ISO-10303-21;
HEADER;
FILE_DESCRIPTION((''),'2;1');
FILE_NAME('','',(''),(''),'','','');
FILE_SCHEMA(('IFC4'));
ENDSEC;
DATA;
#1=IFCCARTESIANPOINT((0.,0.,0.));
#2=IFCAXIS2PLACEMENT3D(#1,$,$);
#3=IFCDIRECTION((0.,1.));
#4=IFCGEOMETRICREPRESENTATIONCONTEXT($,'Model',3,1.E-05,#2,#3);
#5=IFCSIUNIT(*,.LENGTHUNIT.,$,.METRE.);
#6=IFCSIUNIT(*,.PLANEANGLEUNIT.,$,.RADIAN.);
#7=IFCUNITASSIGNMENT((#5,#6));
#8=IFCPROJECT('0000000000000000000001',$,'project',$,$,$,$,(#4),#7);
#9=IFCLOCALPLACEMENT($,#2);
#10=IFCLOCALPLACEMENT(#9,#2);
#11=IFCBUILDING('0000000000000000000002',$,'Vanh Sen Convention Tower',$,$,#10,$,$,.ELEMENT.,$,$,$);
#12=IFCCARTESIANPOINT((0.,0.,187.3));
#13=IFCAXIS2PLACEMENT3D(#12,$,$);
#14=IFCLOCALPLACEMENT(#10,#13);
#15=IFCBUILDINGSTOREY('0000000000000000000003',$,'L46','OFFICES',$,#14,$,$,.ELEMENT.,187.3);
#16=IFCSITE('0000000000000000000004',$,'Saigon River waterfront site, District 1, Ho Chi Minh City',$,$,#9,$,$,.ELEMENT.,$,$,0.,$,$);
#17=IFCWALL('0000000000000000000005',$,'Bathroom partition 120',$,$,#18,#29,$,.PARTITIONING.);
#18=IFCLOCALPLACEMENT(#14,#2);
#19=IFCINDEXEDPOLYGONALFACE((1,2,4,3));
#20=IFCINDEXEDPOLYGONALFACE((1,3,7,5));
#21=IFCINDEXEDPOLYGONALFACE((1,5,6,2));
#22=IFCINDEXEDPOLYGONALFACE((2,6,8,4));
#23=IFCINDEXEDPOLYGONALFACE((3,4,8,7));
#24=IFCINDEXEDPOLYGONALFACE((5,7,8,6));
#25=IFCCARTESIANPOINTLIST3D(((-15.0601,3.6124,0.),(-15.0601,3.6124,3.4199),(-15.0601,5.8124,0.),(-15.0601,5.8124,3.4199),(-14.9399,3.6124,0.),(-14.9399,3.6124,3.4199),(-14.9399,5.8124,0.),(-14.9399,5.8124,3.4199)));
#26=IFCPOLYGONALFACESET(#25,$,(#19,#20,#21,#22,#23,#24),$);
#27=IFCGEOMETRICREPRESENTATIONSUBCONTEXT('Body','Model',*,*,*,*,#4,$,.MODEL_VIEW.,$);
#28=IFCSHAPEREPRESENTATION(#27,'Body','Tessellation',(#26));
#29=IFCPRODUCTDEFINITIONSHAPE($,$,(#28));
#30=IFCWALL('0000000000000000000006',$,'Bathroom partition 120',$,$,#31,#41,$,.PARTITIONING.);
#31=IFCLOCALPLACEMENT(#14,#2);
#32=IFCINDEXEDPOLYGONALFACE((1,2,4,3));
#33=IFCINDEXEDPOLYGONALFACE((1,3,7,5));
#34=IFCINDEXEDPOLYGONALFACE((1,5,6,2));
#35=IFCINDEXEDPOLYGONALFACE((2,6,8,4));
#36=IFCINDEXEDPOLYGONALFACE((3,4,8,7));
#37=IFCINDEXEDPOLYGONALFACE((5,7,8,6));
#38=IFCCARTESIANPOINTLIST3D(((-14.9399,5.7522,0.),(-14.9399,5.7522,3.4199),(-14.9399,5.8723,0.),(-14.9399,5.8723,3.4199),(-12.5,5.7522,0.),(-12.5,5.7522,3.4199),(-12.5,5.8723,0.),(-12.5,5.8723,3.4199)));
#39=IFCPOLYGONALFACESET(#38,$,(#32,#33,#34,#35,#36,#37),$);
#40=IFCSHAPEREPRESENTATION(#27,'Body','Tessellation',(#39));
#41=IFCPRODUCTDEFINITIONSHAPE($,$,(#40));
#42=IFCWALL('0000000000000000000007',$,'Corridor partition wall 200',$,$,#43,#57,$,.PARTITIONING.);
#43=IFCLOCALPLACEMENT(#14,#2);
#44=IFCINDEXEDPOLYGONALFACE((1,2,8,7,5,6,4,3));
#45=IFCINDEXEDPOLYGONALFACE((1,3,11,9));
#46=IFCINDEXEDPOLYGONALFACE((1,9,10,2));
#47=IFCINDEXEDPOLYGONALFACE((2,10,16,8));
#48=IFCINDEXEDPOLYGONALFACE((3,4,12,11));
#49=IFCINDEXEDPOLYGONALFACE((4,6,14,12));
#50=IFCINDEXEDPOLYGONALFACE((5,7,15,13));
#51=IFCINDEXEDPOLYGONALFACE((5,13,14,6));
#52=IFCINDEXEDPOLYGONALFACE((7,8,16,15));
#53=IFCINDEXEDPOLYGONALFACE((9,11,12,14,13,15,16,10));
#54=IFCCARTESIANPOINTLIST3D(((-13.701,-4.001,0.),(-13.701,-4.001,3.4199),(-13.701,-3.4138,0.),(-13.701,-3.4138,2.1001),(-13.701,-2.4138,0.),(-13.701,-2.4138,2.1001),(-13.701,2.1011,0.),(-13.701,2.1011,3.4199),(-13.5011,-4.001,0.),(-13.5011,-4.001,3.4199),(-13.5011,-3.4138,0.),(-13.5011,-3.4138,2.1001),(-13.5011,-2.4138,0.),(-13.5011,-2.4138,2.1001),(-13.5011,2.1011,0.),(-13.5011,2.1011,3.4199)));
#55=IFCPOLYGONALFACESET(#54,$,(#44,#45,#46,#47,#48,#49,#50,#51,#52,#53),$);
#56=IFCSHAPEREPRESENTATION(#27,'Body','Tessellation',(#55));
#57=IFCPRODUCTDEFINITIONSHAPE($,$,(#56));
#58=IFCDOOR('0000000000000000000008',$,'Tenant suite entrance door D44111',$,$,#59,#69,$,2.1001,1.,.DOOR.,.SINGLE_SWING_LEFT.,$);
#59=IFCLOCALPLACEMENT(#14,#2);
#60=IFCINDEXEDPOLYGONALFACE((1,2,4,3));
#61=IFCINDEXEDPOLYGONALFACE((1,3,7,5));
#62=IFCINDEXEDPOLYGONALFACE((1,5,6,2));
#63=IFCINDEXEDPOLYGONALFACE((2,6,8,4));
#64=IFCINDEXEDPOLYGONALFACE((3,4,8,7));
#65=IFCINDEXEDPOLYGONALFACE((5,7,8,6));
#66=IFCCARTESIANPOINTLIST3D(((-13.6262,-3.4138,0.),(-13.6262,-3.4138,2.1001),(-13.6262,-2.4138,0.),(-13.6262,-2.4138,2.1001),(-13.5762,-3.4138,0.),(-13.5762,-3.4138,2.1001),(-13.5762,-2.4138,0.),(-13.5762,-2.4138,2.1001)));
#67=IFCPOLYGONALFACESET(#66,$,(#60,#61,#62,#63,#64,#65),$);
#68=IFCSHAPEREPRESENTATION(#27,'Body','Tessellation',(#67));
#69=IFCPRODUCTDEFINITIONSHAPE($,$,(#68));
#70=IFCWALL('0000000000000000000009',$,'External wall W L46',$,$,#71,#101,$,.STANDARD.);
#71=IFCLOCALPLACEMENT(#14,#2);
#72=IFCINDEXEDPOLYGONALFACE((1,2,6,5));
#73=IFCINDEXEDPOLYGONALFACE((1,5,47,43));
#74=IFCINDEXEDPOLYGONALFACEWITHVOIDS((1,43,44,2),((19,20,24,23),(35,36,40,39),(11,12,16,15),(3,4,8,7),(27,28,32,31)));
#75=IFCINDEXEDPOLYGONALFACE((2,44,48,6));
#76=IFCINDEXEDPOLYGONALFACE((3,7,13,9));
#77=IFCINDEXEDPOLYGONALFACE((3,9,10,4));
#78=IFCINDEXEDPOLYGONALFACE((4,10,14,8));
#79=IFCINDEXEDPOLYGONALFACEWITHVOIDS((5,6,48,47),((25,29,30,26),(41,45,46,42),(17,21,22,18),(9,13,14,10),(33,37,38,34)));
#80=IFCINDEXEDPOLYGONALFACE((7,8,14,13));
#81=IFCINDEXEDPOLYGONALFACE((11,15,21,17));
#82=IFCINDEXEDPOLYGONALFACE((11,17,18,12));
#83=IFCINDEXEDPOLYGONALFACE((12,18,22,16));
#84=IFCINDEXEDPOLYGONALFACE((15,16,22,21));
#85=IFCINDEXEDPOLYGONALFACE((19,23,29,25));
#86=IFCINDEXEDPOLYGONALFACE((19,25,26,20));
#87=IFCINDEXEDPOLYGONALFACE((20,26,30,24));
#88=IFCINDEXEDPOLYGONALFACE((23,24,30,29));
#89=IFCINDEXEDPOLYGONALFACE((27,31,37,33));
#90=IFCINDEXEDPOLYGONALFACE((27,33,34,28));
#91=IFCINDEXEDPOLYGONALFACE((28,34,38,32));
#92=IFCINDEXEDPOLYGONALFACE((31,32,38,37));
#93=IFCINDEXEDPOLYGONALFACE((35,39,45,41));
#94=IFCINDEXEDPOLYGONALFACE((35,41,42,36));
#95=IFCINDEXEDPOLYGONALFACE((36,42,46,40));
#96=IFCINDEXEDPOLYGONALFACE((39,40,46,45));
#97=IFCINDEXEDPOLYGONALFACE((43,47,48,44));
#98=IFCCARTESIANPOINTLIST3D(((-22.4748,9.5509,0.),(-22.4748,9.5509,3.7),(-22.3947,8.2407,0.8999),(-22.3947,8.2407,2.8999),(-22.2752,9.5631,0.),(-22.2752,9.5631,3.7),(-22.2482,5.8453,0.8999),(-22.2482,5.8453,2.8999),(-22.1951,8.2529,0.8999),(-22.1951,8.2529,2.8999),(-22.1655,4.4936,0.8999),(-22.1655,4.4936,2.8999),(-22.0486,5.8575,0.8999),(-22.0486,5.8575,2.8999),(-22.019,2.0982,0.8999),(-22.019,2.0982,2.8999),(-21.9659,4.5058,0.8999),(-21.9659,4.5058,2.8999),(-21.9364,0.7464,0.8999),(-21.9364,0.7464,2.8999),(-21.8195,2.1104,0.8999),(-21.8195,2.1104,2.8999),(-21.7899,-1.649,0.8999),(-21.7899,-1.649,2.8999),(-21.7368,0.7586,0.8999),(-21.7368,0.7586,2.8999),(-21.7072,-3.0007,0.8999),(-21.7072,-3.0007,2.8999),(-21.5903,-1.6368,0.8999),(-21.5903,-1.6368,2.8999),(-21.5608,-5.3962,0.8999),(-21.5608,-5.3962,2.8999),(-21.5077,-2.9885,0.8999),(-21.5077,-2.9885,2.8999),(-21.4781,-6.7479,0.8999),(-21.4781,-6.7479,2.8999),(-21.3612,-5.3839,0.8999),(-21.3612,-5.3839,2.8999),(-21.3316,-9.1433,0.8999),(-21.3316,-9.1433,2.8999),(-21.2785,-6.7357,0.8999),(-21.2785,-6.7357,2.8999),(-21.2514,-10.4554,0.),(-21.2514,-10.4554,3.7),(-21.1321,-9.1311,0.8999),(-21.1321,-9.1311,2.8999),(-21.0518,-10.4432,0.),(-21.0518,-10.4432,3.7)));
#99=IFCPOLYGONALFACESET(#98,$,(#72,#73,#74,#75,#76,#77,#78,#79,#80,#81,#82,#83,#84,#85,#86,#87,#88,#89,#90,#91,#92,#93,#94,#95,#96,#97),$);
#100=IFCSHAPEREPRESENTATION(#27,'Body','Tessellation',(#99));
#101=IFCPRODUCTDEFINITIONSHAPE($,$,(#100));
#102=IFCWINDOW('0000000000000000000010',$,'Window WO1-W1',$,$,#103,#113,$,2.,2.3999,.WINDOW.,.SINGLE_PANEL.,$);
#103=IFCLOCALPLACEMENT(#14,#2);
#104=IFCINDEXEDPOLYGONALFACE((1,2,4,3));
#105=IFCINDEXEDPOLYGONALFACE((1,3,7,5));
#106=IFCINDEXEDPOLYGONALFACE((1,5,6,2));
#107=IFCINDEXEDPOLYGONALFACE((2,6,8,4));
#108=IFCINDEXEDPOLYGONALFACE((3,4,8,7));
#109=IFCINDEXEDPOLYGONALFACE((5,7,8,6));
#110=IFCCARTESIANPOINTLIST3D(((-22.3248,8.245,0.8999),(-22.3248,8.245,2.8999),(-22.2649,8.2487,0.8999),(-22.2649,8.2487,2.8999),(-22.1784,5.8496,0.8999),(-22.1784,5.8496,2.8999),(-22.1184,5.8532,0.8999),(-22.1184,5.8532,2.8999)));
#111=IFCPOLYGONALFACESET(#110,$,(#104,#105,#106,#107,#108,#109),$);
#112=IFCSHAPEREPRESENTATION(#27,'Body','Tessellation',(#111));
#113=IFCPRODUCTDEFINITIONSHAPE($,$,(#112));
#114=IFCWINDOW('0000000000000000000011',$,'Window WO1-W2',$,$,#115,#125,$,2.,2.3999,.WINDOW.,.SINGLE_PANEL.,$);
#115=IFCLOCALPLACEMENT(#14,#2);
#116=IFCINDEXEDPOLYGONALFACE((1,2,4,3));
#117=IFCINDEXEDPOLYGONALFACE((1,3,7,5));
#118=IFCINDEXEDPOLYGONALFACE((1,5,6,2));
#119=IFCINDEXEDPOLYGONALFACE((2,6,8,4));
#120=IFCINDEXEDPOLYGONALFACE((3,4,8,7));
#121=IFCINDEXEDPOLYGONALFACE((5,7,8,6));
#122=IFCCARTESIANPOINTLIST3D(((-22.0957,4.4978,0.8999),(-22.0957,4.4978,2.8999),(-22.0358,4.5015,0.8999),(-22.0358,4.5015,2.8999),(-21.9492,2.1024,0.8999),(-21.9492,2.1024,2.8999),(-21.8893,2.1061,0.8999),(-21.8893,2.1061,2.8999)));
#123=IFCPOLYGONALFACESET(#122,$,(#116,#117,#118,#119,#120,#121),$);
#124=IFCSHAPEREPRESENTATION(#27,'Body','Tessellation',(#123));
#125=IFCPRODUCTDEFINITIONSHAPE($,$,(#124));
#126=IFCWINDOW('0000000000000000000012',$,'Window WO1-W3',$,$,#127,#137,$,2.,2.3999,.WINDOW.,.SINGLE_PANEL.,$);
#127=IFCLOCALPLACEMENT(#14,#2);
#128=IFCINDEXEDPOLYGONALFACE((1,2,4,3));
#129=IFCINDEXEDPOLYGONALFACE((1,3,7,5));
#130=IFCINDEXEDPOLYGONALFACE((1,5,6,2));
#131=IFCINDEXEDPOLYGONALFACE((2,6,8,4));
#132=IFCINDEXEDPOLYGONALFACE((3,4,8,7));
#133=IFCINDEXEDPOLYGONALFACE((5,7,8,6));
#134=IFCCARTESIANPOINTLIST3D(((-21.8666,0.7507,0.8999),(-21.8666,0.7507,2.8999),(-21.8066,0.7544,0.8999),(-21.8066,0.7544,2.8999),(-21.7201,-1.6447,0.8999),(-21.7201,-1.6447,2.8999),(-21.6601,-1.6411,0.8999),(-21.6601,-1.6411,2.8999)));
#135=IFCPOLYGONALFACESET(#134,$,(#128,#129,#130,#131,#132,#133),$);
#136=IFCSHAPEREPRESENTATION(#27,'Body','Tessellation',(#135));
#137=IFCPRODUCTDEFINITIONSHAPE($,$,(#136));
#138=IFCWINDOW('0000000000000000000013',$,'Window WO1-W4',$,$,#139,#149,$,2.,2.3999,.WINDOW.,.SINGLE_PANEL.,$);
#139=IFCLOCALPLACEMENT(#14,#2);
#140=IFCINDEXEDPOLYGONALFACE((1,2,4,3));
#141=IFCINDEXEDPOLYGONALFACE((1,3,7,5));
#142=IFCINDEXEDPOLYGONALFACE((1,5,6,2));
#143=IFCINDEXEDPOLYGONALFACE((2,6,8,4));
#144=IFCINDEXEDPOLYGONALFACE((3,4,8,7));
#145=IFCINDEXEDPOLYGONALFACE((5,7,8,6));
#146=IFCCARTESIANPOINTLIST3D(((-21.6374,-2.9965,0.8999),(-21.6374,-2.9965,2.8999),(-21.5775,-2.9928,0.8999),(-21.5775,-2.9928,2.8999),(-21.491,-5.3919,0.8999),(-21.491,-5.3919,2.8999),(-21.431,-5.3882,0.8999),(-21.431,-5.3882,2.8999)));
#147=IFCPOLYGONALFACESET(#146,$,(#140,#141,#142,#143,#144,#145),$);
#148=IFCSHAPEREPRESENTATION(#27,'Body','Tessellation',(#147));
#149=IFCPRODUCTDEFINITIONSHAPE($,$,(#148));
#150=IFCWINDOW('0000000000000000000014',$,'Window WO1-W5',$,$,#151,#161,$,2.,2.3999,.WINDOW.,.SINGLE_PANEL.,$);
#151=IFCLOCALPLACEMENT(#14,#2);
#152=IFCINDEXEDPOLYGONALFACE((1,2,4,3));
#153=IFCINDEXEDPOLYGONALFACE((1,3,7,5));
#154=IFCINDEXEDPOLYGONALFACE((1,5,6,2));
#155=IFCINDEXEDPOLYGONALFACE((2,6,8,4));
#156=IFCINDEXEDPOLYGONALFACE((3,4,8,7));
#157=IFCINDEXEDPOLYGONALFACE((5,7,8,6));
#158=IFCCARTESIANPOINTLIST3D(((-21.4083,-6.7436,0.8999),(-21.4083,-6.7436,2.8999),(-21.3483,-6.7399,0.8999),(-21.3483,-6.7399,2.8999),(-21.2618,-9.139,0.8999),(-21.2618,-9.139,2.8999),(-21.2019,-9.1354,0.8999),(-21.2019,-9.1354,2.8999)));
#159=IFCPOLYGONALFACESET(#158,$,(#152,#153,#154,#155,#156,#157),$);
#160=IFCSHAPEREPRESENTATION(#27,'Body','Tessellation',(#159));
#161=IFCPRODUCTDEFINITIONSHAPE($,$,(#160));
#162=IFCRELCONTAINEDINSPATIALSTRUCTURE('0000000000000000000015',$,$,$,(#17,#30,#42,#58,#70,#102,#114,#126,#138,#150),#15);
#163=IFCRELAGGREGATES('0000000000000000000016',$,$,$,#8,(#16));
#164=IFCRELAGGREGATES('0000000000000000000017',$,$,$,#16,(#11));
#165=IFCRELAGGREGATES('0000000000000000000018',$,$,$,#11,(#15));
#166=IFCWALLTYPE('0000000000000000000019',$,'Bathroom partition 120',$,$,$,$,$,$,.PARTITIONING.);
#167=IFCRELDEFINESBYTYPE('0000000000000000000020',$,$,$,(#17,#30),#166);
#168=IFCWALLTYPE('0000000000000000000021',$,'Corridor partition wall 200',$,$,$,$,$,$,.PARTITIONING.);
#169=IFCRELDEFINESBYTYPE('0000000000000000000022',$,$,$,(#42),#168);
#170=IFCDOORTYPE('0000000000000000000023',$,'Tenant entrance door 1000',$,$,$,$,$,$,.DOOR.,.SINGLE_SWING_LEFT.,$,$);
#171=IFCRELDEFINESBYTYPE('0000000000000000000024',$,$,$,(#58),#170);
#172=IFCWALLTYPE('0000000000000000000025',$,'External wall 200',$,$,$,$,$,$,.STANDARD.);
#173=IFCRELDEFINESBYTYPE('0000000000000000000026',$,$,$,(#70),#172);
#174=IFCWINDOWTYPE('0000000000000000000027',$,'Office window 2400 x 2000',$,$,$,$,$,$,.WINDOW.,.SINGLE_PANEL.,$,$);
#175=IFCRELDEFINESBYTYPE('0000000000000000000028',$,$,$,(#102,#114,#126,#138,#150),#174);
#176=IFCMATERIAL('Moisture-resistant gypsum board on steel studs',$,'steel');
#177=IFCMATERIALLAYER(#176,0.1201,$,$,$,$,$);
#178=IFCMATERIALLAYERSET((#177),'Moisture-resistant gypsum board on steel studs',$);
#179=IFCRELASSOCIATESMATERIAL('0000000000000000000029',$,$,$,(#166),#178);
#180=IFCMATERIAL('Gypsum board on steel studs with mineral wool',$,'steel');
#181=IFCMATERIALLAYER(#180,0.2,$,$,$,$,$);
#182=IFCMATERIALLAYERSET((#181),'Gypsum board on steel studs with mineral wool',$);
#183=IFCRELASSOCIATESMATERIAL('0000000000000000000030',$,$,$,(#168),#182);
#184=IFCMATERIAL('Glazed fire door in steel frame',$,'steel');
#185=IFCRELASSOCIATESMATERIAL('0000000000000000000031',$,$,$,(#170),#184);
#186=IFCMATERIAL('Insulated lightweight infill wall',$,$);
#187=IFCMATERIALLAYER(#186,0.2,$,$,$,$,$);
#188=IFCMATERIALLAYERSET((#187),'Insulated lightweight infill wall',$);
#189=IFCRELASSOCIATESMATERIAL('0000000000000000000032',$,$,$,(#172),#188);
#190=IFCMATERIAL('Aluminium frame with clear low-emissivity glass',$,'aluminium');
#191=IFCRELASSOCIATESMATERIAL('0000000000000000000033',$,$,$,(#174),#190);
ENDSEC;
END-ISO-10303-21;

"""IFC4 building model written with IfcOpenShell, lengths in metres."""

from ifc_helpers import new_model, si_unit, direction, frame, frame_2d, origin, place, context, subcontext, project, spatial, rectangle, extrude, material, layer, layer_set, type_object, element, fill, save


model = new_model("IFC4")

# Units and contexts
model_context = context("Model", 3, precision=1e-05, world=origin(), true_north=direction((0.0, 1.0)))
body_context = subcontext(model_context, "Body", "Model", "MODEL_VIEW")
ifc_project = project(units=[si_unit("LENGTHUNIT", "METRE"), si_unit("PLANEANGLEUNIT", "RADIAN")], contexts=[model_context])

# Site, building, storey
site_placement = place(None, origin())
site = spatial("IfcSite", under=ifc_project, at=site_placement, Name="Saigon River waterfront site, District 1, Ho Chi Minh City", CompositionType="ELEMENT", RefElevation=0.0)
building_placement = place(site_placement, origin())
building = spatial("IfcBuilding", under=site, at=building_placement, Name="Vanh Sen Convention Tower", CompositionType="ELEMENT")
storey_placement = place(building_placement, frame((0.0, 0.0, 187.3)))
storey = spatial("IfcBuildingStorey", under=building, at=storey_placement, Name="L46", Description="OFFICES", CompositionType="ELEMENT", Elevation=187.3)

# Walls
ifc_material_1 = material(Name="Moisture-resistant gypsum board on steel studs", Category="steel")
ifc_layer_1 = layer(ifc_material_1, 0.1201)
ifc_layer_set_1 = layer_set([ifc_layer_1], Name="Moisture-resistant gypsum board on steel studs")
wall_type_1 = type_object("IfcWallType", Name="Bathroom partition 120", PredefinedType="PARTITIONING", material=ifc_layer_set_1)
wall_1_placement = place(storey_placement, frame((-15.0, 3.6123, 0.0), z_axis=(0.0, 0.0, 1.0), x_axis=(0.0, 1.0, 0.0)))
element("IfcWall", 1, at=wall_1_placement, inside=storey, type_object=wall_type_1, Name="Bathroom partition 120", PredefinedType="PARTITIONING", context=body_context, shape_type="SweptSolid", body=[
    extrude(rectangle(XDim=2.2, YDim=0.1201, at=frame_2d((1.1001, 0.0))), origin(), (0.0, 0.0, 1.0), 3.4199),
])
wall_2_placement = place(storey_placement, frame((-14.9399, 5.8123, 0.0), z_axis=(0.0, 0.0, 1.0), x_axis=(1.0, 0.0, 0.0)))
element("IfcWall", 2, at=wall_2_placement, inside=storey, type_object=wall_type_1, Name="Bathroom partition 120", PredefinedType="PARTITIONING", context=body_context, shape_type="SweptSolid", body=[
    extrude(rectangle(XDim=2.4399, YDim=0.1201, at=frame_2d((1.22, 0.0))), origin(), (0.0, 0.0, 1.0), 3.4199),
])

# Wall, opening, door
ifc_material_2 = material(Name="Gypsum board on steel studs with mineral wool", Category="steel")
ifc_layer_2 = layer(ifc_material_2, 0.2)
ifc_layer_set_2 = layer_set([ifc_layer_2], Name="Gypsum board on steel studs with mineral wool")
wall_type_2 = type_object("IfcWallType", Name="Corridor partition wall 200", PredefinedType="PARTITIONING", material=ifc_layer_set_2)
wall_3_placement = place(storey_placement, frame((-13.6011, 2.1011, 0.0), z_axis=(0.0, 0.0, 1.0), x_axis=(0.0, -1.0, 0.0)))
wall_3 = element("IfcWall", 3, at=wall_3_placement, inside=storey, type_object=wall_type_2, Name="Corridor partition wall 200", PredefinedType="PARTITIONING", context=body_context, shape_type="SweptSolid", body=[
    extrude(rectangle(XDim=6.1021, YDim=0.2, at=frame_2d((3.051, 0.0))), origin(), (0.0, 0.0, 1.0), 3.4199),
])
opening_1_placement = place(wall_3_placement, frame((4.5149, 0.0, 0.0)))
opening_1 = element("IfcOpeningElement", 4, at=opening_1_placement, cuts=wall_3, PredefinedType="OPENING", context=body_context, shape_type="SweptSolid", body=[
    extrude(rectangle(XDim=1.0, YDim=2.1001, at=frame_2d((0.5, 1.05))), frame((0.0, 0.1099, 0.0), z_axis=(0.0, -1.0, 0.0), x_axis=(1.0, 0.0, 0.0)), (0.0, 0.0, 1.0), 0.22),
])
ifc_material_3 = material(Name="Glazed fire door in steel frame", Category="steel")
door_type = type_object("IfcDoorType", Name="Tenant entrance door 1000", OperationType="SINGLE_SWING_LEFT", PredefinedType="DOOR", material=ifc_material_3)
door_placement = place(opening_1_placement, origin())
door = element("IfcDoor", 5, at=door_placement, inside=storey, type_object=door_type, Name="Tenant suite entrance door D44111", OperationType="SINGLE_SWING_LEFT", OverallHeight=2.1001, OverallWidth=1.0, PredefinedType="DOOR", context=body_context, shape_type="SweptSolid", body=[
    extrude(rectangle(XDim=1.0, YDim=2.1001, at=frame_2d((0.5, 1.05))), frame((0.0, 0.0249, 0.0), z_axis=(0.0, -1.0, 0.0), x_axis=(1.0, 0.0, 0.0)), (0.0, 0.0, 1.0), 0.05),
])
fill(opening_1, door)

# Wall, openings, windows
ifc_material_4 = material(Name="Insulated lightweight infill wall")
ifc_layer_3 = layer(ifc_material_4, 0.2)
ifc_layer_set_3 = layer_set([ifc_layer_3], Name="Insulated lightweight infill wall")
wall_type_3 = type_object("IfcWallType", Name="External wall 200", PredefinedType="STANDARD", material=ifc_layer_set_3)
wall_4_placement = place(storey_placement, frame((-22.375, 9.5571, 0.0), z_axis=(0.0, 0.0, 1.0), x_axis=(0.061036, -0.998136, 0.0)))
wall_4 = element("IfcWall", 6, at=wall_4_placement, inside=storey, type_object=wall_type_3, Name="External wall W L46", PredefinedType="STANDARD", context=body_context, shape_type="SweptSolid", body=[
    extrude(rectangle(XDim=20.0437, YDim=0.2, at=frame_2d((10.022, 0.0))), origin(), (0.0, 0.0, 1.0), 3.7),
])
opening_2_placement = place(wall_4_placement, frame((1.3127, 0.0, 0.8999)))
opening_2 = element("IfcOpeningElement", 7, at=opening_2_placement, cuts=wall_4, PredefinedType="OPENING", context=body_context, shape_type="SweptSolid", body=[
    extrude(rectangle(XDim=2.3999, YDim=2.0, at=frame_2d((1.2, 1.0))), frame((0.0, 0.1099, 0.0), z_axis=(0.0, -1.0, 0.0), x_axis=(1.0, 0.0, 0.0)), (0.0, 0.0, 1.0), 0.22),
])
opening_3_placement = place(wall_4_placement, frame((5.0669, 0.0, 0.8999)))
opening_3 = element("IfcOpeningElement", 8, at=opening_3_placement, cuts=wall_4, PredefinedType="OPENING", context=body_context, shape_type="SweptSolid", body=[
    extrude(rectangle(XDim=2.3999, YDim=2.0, at=frame_2d((1.2, 1.0))), frame((0.0, 0.1099, 0.0), z_axis=(0.0, -1.0, 0.0), x_axis=(1.0, 0.0, 0.0)), (0.0, 0.0, 1.0), 0.22),
])
opening_4_placement = place(wall_4_placement, frame((8.821, 0.0, 0.8999)))
opening_4 = element("IfcOpeningElement", 9, at=opening_4_placement, cuts=wall_4, PredefinedType="OPENING", context=body_context, shape_type="SweptSolid", body=[
    extrude(rectangle(XDim=2.3999, YDim=2.0, at=frame_2d((1.2, 1.0))), frame((0.0, 0.1099, 0.0), z_axis=(0.0, -1.0, 0.0), x_axis=(1.0, 0.0, 0.0)), (0.0, 0.0, 1.0), 0.22),
])
opening_5_placement = place(wall_4_placement, frame((12.5752, 0.0, 0.8999)))
opening_5 = element("IfcOpeningElement", 10, at=opening_5_placement, cuts=wall_4, PredefinedType="OPENING", context=body_context, shape_type="SweptSolid", body=[
    extrude(rectangle(XDim=2.3999, YDim=2.0, at=frame_2d((1.2, 1.0))), frame((0.0, 0.1099, 0.0), z_axis=(0.0, -1.0, 0.0), x_axis=(1.0, 0.0, 0.0)), (0.0, 0.0, 1.0), 0.22),
])
opening_6_placement = place(wall_4_placement, frame((16.3293, 0.0, 0.8999)))
opening_6 = element("IfcOpeningElement", 11, at=opening_6_placement, cuts=wall_4, PredefinedType="OPENING", context=body_context, shape_type="SweptSolid", body=[
    extrude(rectangle(XDim=2.3999, YDim=2.0, at=frame_2d((1.2, 1.0))), frame((0.0, 0.1099, 0.0), z_axis=(0.0, -1.0, 0.0), x_axis=(1.0, 0.0, 0.0)), (0.0, 0.0, 1.0), 0.22),
])
ifc_material_5 = material(Name="Aluminium frame with clear low-emissivity glass", Category="aluminium")
window_type = type_object("IfcWindowType", Name="Office window 2400 x 2000", PartitioningType="SINGLE_PANEL", PredefinedType="WINDOW", material=ifc_material_5)
window_1_placement = place(opening_2_placement, origin())
window_1 = element("IfcWindow", 12, at=window_1_placement, inside=storey, type_object=window_type, Name="Window WO1-W1", OverallHeight=2.0, OverallWidth=2.3999, PartitioningType="SINGLE_PANEL", PredefinedType="WINDOW", context=body_context, shape_type="SweptSolid", body=[
    extrude(rectangle(XDim=2.3999, YDim=2.0, at=frame_2d((1.2, 1.0))), frame((0.0, 0.03, 0.0), z_axis=(0.0, -1.0, 0.0), x_axis=(1.0, 0.0, 0.0)), (0.0, 0.0, 1.0), 0.0601),
])
fill(opening_2, window_1)
window_2_placement = place(opening_3_placement, origin())
window_2 = element("IfcWindow", 13, at=window_2_placement, inside=storey, type_object=window_type, Name="Window WO1-W2", OverallHeight=2.0, OverallWidth=2.3999, PartitioningType="SINGLE_PANEL", PredefinedType="WINDOW", context=body_context, shape_type="SweptSolid", body=[
    extrude(rectangle(XDim=2.3999, YDim=2.0, at=frame_2d((1.2, 1.0))), frame((0.0, 0.03, 0.0), z_axis=(0.0, -1.0, 0.0), x_axis=(1.0, 0.0, 0.0)), (0.0, 0.0, 1.0), 0.0601),
])
fill(opening_3, window_2)
window_3_placement = place(opening_4_placement, origin())
window_3 = element("IfcWindow", 14, at=window_3_placement, inside=storey, type_object=window_type, Name="Window WO1-W3", OverallHeight=2.0, OverallWidth=2.3999, PartitioningType="SINGLE_PANEL", PredefinedType="WINDOW", context=body_context, shape_type="SweptSolid", body=[
    extrude(rectangle(XDim=2.3999, YDim=2.0, at=frame_2d((1.2, 1.0))), frame((0.0, 0.03, 0.0), z_axis=(0.0, -1.0, 0.0), x_axis=(1.0, 0.0, 0.0)), (0.0, 0.0, 1.0), 0.0601),
])
fill(opening_4, window_3)
window_4_placement = place(opening_5_placement, origin())
window_4 = element("IfcWindow", 15, at=window_4_placement, inside=storey, type_object=window_type, Name="Window WO1-W4", OverallHeight=2.0, OverallWidth=2.3999, PartitioningType="SINGLE_PANEL", PredefinedType="WINDOW", context=body_context, shape_type="SweptSolid", body=[
    extrude(rectangle(XDim=2.3999, YDim=2.0, at=frame_2d((1.2, 1.0))), frame((0.0, 0.03, 0.0), z_axis=(0.0, -1.0, 0.0), x_axis=(1.0, 0.0, 0.0)), (0.0, 0.0, 1.0), 0.0601),
])
fill(opening_5, window_4)
window_5_placement = place(opening_6_placement, origin())
window_5 = element("IfcWindow", 16, at=window_5_placement, inside=storey, type_object=window_type, Name="Window WO1-W5", OverallHeight=2.0, OverallWidth=2.3999, PartitioningType="SINGLE_PANEL", PredefinedType="WINDOW", context=body_context, shape_type="SweptSolid", body=[
    extrude(rectangle(XDim=2.3999, YDim=2.0, at=frame_2d((1.2, 1.0))), frame((0.0, 0.03, 0.0), z_axis=(0.0, -1.0, 0.0), x_axis=(1.0, 0.0, 0.0)), (0.0, 0.0, 1.0), 0.0601),
])
fill(opening_6, window_5)

save(model, "model.ifc")
